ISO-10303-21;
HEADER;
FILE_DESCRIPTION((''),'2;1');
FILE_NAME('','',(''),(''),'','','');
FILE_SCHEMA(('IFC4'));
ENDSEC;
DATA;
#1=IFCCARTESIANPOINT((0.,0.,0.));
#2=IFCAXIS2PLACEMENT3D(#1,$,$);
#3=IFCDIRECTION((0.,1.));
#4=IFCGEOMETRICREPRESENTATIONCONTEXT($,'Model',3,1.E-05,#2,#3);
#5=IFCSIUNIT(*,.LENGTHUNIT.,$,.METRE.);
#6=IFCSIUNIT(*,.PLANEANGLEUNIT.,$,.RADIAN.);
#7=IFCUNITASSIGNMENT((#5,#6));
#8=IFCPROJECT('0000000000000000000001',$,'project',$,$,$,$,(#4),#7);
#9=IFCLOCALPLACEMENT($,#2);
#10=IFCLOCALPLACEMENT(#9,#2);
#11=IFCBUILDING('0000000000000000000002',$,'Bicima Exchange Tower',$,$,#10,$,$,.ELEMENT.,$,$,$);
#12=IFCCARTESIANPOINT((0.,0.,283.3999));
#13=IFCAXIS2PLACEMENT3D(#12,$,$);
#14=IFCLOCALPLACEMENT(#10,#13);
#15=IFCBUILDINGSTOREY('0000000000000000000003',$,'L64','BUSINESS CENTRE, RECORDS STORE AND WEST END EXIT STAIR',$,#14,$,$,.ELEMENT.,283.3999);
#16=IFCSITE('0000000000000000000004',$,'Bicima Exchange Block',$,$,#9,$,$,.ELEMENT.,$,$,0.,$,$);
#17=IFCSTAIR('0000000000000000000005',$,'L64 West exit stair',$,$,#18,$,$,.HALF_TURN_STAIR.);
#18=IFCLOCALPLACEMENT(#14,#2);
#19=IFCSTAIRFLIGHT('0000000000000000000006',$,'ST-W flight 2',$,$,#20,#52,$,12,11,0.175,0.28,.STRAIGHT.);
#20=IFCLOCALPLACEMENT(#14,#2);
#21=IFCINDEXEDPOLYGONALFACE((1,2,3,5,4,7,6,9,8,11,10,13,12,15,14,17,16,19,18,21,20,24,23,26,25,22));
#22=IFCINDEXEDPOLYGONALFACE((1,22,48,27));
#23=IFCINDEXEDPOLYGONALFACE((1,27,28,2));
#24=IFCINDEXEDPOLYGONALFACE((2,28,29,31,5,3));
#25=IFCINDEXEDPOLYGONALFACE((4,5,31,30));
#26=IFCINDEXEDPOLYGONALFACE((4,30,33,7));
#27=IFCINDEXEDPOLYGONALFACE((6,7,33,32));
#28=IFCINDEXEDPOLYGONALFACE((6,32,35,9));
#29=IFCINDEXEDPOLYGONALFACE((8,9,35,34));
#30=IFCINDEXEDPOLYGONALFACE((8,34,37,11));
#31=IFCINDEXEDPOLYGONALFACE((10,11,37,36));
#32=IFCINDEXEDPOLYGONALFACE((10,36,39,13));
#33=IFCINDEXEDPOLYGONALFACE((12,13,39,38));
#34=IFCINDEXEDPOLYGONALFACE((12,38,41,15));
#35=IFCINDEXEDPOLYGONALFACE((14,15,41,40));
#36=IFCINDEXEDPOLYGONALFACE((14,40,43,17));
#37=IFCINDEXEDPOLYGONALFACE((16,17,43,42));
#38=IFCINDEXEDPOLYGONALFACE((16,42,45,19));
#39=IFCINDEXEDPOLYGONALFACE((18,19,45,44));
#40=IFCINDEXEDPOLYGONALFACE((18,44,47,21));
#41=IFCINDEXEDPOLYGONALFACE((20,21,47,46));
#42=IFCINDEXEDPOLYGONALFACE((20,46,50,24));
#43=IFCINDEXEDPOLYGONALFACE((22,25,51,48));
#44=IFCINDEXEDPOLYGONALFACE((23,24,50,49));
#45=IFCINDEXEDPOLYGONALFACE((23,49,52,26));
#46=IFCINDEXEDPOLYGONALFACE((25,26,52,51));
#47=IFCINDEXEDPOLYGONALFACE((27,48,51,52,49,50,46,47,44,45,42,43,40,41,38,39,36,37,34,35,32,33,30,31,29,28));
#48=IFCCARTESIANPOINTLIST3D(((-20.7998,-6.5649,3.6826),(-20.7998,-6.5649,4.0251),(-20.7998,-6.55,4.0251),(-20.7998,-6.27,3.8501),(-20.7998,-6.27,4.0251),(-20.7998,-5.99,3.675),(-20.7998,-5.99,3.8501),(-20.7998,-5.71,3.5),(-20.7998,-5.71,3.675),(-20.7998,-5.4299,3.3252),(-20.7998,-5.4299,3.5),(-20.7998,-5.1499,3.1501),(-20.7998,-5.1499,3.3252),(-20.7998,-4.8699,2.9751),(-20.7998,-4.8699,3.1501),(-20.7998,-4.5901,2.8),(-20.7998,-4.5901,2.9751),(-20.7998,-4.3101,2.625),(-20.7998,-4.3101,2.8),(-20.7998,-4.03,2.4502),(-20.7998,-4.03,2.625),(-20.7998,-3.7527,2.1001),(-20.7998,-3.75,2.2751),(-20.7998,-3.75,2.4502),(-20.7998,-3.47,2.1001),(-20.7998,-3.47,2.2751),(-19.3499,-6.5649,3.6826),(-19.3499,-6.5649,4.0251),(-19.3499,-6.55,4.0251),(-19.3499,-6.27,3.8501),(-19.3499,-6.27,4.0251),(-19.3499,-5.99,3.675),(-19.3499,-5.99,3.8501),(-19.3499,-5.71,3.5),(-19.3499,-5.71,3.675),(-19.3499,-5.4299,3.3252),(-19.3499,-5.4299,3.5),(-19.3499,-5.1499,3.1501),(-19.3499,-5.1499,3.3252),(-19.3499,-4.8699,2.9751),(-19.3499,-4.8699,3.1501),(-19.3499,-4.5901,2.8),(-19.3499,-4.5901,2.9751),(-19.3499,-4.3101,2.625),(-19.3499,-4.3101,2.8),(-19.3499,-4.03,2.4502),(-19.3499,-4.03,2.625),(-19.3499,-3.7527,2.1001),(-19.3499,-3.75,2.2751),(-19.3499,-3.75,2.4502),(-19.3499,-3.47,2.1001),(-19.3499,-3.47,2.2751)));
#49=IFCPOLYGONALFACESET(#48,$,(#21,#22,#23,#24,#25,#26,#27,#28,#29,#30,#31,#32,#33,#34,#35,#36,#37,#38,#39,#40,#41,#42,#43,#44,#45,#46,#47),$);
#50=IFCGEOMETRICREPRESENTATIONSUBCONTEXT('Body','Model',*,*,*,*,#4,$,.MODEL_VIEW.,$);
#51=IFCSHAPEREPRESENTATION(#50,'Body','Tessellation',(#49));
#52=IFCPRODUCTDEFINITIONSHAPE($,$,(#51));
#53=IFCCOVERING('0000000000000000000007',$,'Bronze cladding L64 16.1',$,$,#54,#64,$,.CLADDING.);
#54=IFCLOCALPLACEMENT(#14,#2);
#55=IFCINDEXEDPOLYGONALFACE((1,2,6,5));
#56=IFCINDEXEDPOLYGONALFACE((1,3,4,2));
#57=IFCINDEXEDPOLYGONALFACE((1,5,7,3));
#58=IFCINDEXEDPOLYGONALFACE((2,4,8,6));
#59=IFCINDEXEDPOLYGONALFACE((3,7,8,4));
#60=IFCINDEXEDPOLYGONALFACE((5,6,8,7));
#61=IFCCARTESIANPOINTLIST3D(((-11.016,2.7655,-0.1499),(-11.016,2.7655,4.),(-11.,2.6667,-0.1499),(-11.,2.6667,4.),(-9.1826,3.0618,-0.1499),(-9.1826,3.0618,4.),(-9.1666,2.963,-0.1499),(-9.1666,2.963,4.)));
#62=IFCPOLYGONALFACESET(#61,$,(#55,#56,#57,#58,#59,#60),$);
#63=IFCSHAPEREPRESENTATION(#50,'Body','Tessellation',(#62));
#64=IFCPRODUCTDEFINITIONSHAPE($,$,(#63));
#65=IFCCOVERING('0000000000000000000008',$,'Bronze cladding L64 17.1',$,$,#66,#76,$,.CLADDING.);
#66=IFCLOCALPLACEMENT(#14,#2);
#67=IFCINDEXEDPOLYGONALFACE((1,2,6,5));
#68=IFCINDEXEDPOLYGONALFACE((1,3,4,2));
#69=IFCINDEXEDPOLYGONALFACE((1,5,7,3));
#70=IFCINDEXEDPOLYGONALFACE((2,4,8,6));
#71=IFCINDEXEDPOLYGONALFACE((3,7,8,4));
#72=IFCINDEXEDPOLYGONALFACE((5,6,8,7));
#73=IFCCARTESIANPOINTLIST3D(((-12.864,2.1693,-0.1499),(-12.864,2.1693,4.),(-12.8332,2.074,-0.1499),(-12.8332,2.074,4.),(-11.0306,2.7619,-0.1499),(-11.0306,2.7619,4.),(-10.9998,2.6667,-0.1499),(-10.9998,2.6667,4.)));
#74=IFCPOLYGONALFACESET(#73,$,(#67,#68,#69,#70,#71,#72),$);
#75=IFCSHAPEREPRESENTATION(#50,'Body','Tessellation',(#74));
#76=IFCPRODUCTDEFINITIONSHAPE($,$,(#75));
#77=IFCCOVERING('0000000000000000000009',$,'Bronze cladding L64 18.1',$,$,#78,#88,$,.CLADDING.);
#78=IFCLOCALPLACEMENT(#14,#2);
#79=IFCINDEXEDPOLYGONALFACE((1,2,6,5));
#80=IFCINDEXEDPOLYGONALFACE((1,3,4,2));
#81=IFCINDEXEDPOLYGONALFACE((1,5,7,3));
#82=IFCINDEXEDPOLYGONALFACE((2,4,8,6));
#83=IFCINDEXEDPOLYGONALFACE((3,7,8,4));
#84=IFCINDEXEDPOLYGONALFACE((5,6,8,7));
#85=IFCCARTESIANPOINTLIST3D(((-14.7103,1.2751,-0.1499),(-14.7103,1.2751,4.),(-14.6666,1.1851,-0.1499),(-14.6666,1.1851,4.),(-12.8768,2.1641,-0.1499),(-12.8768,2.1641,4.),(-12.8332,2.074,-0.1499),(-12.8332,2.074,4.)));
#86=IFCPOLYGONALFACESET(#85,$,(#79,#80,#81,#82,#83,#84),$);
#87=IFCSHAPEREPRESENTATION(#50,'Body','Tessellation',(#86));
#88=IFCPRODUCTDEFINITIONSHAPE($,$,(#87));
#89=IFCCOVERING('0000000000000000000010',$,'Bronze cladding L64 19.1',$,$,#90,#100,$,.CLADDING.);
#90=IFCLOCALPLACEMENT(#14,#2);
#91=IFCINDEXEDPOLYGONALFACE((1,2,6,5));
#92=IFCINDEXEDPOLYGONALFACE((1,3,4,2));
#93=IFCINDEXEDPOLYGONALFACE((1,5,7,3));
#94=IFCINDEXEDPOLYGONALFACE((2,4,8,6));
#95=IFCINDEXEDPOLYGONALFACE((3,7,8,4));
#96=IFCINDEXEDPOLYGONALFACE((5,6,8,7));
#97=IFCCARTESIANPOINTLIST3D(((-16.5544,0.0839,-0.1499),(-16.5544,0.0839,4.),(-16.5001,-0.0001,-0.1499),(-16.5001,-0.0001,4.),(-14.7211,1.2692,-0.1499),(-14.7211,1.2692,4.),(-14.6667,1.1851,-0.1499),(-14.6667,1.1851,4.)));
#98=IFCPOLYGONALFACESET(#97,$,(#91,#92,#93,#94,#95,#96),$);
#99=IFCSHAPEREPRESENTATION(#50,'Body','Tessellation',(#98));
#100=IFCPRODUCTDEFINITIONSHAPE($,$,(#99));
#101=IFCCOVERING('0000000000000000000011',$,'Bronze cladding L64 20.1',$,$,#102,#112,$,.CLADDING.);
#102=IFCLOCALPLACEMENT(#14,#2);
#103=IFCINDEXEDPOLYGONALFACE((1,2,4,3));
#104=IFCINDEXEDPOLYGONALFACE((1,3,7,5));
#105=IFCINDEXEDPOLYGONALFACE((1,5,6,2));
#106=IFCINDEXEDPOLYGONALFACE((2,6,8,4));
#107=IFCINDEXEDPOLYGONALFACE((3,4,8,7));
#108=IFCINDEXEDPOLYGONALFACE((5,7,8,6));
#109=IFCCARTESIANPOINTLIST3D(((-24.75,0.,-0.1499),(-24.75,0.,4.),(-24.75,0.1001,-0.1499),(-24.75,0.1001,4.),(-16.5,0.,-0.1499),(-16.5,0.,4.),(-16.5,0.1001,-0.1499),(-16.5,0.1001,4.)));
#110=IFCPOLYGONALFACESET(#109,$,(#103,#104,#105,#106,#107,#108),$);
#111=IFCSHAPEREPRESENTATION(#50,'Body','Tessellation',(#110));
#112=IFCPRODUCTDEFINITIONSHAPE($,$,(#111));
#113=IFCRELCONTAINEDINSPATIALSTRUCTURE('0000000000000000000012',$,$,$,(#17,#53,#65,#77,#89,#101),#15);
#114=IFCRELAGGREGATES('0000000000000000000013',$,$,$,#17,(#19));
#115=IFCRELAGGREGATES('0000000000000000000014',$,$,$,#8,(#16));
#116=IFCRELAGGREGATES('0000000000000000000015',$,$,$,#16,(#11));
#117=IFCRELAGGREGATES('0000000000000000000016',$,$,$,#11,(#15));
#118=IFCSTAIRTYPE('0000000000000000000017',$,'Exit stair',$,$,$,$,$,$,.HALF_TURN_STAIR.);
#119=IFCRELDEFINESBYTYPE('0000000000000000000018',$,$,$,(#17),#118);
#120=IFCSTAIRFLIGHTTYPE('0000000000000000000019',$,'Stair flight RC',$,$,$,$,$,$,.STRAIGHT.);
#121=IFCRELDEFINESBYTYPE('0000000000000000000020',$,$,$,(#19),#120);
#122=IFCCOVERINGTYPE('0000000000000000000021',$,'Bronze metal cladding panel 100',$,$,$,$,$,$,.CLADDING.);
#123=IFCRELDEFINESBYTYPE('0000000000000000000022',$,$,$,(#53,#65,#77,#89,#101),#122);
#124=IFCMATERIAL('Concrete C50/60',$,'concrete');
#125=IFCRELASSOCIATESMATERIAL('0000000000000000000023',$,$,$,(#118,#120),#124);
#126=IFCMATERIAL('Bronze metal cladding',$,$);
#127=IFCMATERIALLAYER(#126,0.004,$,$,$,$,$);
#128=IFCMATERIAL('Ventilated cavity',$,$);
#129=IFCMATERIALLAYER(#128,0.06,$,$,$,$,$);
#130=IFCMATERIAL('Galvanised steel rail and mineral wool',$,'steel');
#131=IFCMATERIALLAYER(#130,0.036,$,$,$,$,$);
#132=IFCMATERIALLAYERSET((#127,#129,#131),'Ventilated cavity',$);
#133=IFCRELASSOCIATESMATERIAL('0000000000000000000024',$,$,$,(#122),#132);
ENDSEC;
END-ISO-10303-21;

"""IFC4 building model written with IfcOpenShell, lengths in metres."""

from ifc_helpers import new_model, si_unit, direction, frame, origin, origin_2d, place, context, subcontext, project, spatial, polyline, rectangle, outline, extrude, material, layer, layer_set, type_object, element, aggregate, save


model = new_model("IFC4")

# Units and contexts
model_context = context("Model", 3, precision=1e-05, world=origin(), true_north=direction((0.0, 1.0)))
body_context = subcontext(model_context, "Body", "Model", "MODEL_VIEW")
ifc_project = project(units=[si_unit("LENGTHUNIT", "METRE"), si_unit("PLANEANGLEUNIT", "RADIAN")], contexts=[model_context])

# Site, building, storey
site_placement = place(None, origin())
site = spatial("IfcSite", under=ifc_project, at=site_placement, Name="Bicima Exchange Block", CompositionType="ELEMENT", RefElevation=0.0)
building_placement = place(site_placement, origin())
building = spatial("IfcBuilding", under=site, at=building_placement, Name="Bicima Exchange Tower", CompositionType="ELEMENT")
storey_placement = place(building_placement, frame((0.0, 0.0, 283.3999)))
storey = spatial("IfcBuildingStorey", under=building, at=storey_placement, Name="L64", Description="BUSINESS CENTRE, RECORDS STORE AND WEST END EXIT STAIR", CompositionType="ELEMENT", Elevation=283.3999)

# Shared definitions
ifc_material_1 = material(Name="Concrete C50/60", Category="concrete")

# Stair, stair flight
stair_type = type_object("IfcStairType", Name="Exit stair", PredefinedType="HALF_TURN_STAIR", material=ifc_material_1)
stair_placement = place(storey_placement, origin())
stair = element("IfcStair", 1, at=stair_placement, inside=storey, type_object=stair_type, Name="L64 West exit stair", PredefinedType="HALF_TURN_STAIR")
stair_flight_type = type_object("IfcStairFlightType", Name="Stair flight RC", PredefinedType="STRAIGHT", material=ifc_material_1)
stair_flight_1_placement = place(storey_placement, frame((-20.075, -3.47, 2.1001), z_axis=(0.0, 0.0, 1.0), x_axis=(0.0, -1.0, 0.0)))
stair_flight_1 = element("IfcStairFlight", 2, at=stair_flight_1_placement, type_object=stair_flight_type, Name="ST-W flight 2", NumberOfRisers=12, NumberOfTreads=11, PredefinedType="STRAIGHT", RiserHeight=0.175, TreadLength=0.28, context=body_context, shape_type="SweptSolid", body=[
    extrude(outline(polyline([(0.0, 0.0), (0.0, 0.175), (0.28, 0.175), (0.28, 0.3501), (0.5601, 0.3501), (0.5601, 0.5249), (0.8401, 0.5249), (0.8401, 0.7), (1.1201, 0.7), (1.1201, 0.875), (1.3999, 0.875), (1.3999, 1.05), (1.6799, 1.05), (1.6799, 1.2251), (1.96, 1.2251), (1.96, 1.3999), (2.24, 1.3999), (2.24, 1.575), (2.52, 1.575), (2.52, 1.75), (2.8, 1.75), (2.8, 1.925), (3.0801, 1.925), (3.095, 1.925), (3.095, 1.5825), (0.2827, 0.0), (0.0, 0.0)])), frame((0.0, 0.7251, 0.0), z_axis=(0.0, -1.0, 0.0), x_axis=(1.0, 0.0, 0.0)), (0.0, 0.0, 1.0), 1.45),
])
aggregate(stair, [stair_flight_1])

# Coverings
ifc_material_2 = material(Name="Bronze metal cladding")
ifc_layer_1 = layer(ifc_material_2, 0.004)
ifc_material_3 = material(Name="Ventilated cavity")
ifc_layer_2 = layer(ifc_material_3, 0.06)
ifc_material_4 = material(Name="Galvanised steel rail and mineral wool", Category="steel")
ifc_layer_3 = layer(ifc_material_4, 0.036)
ifc_layer_set_1 = layer_set([ifc_layer_1, ifc_layer_2, ifc_layer_3], Name="Ventilated cavity")
covering_type = type_object("IfcCoveringType", Name="Bronze metal cladding panel 100", PredefinedType="CLADDING", material=ifc_layer_set_1)
covering_1_placement = place(storey_placement, frame((-10.0913, 2.8643, -0.1499), z_axis=(0.0, 0.0, 1.0), x_axis=(-0.98719, -0.15955, 0.0)))
element("IfcCovering", 3, at=covering_1_placement, inside=storey, type_object=covering_type, Name="Bronze cladding L64 16.1", PredefinedType="CLADDING", context=body_context, shape_type="SweptSolid", body=[
    extrude(rectangle(XDim=1.8572, YDim=0.1001, at=origin_2d()), origin(), (0.0, 0.0, 1.0), 4.1499),
])
covering_2_placement = place(storey_placement, frame((-11.9319, 2.418, -0.1499), z_axis=(0.0, 0.0, 1.0), x_axis=(-0.951525, -0.307573, 0.0)))
element("IfcCovering", 4, at=covering_2_placement, inside=storey, type_object=covering_type, Name="Bronze cladding L64 17.1", PredefinedType="CLADDING", context=body_context, shape_type="SweptSolid", body=[
    extrude(rectangle(XDim=1.9268, YDim=0.1001, at=origin_2d()), origin(), (0.0, 0.0, 1.0), 4.1499),
])
covering_3_placement = place(storey_placement, frame((-13.7717, 1.6746, -0.1499), z_axis=(0.0, 0.0, 1.0), x_axis=(-0.899818, -0.436265, 0.0)))
element("IfcCovering", 5, at=covering_3_placement, inside=storey, type_object=covering_type, Name="Bronze cladding L64 18.1", PredefinedType="CLADDING", context=body_context, shape_type="SweptSolid", body=[
    extrude(rectangle(XDim=2.0376, YDim=0.1001, at=origin_2d()), origin(), (0.0, 0.0, 1.0), 4.1499),
])
covering_4_placement = place(storey_placement, frame((-15.6106, 0.6345, -0.1499), z_axis=(0.0, 0.0, 1.0), x_axis=(-0.83979, -0.542911, 0.0)))
element("IfcCovering", 6, at=covering_4_placement, inside=storey, type_object=covering_type, Name="Bronze cladding L64 19.1", PredefinedType="CLADDING", context=body_context, shape_type="SweptSolid", body=[
    extrude(rectangle(XDim=2.1831, YDim=0.1001, at=origin_2d()), origin(), (0.0, 0.0, 1.0), 4.1499),
])
covering_5_placement = place(storey_placement, frame((-20.625, 0.05, -0.1499), z_axis=(0.0, 0.0, 1.0), x_axis=(-1.0, 0.0, 0.0)))
element("IfcCovering", 7, at=covering_5_placement, inside=storey, type_object=covering_type, Name="Bronze cladding L64 20.1", PredefinedType="CLADDING", context=body_context, shape_type="SweptSolid", body=[
    extrude(rectangle(XDim=8.25, YDim=0.1001, at=origin_2d()), origin(), (0.0, 0.0, 1.0), 4.1499),
])

save(model, "model.ifc")
